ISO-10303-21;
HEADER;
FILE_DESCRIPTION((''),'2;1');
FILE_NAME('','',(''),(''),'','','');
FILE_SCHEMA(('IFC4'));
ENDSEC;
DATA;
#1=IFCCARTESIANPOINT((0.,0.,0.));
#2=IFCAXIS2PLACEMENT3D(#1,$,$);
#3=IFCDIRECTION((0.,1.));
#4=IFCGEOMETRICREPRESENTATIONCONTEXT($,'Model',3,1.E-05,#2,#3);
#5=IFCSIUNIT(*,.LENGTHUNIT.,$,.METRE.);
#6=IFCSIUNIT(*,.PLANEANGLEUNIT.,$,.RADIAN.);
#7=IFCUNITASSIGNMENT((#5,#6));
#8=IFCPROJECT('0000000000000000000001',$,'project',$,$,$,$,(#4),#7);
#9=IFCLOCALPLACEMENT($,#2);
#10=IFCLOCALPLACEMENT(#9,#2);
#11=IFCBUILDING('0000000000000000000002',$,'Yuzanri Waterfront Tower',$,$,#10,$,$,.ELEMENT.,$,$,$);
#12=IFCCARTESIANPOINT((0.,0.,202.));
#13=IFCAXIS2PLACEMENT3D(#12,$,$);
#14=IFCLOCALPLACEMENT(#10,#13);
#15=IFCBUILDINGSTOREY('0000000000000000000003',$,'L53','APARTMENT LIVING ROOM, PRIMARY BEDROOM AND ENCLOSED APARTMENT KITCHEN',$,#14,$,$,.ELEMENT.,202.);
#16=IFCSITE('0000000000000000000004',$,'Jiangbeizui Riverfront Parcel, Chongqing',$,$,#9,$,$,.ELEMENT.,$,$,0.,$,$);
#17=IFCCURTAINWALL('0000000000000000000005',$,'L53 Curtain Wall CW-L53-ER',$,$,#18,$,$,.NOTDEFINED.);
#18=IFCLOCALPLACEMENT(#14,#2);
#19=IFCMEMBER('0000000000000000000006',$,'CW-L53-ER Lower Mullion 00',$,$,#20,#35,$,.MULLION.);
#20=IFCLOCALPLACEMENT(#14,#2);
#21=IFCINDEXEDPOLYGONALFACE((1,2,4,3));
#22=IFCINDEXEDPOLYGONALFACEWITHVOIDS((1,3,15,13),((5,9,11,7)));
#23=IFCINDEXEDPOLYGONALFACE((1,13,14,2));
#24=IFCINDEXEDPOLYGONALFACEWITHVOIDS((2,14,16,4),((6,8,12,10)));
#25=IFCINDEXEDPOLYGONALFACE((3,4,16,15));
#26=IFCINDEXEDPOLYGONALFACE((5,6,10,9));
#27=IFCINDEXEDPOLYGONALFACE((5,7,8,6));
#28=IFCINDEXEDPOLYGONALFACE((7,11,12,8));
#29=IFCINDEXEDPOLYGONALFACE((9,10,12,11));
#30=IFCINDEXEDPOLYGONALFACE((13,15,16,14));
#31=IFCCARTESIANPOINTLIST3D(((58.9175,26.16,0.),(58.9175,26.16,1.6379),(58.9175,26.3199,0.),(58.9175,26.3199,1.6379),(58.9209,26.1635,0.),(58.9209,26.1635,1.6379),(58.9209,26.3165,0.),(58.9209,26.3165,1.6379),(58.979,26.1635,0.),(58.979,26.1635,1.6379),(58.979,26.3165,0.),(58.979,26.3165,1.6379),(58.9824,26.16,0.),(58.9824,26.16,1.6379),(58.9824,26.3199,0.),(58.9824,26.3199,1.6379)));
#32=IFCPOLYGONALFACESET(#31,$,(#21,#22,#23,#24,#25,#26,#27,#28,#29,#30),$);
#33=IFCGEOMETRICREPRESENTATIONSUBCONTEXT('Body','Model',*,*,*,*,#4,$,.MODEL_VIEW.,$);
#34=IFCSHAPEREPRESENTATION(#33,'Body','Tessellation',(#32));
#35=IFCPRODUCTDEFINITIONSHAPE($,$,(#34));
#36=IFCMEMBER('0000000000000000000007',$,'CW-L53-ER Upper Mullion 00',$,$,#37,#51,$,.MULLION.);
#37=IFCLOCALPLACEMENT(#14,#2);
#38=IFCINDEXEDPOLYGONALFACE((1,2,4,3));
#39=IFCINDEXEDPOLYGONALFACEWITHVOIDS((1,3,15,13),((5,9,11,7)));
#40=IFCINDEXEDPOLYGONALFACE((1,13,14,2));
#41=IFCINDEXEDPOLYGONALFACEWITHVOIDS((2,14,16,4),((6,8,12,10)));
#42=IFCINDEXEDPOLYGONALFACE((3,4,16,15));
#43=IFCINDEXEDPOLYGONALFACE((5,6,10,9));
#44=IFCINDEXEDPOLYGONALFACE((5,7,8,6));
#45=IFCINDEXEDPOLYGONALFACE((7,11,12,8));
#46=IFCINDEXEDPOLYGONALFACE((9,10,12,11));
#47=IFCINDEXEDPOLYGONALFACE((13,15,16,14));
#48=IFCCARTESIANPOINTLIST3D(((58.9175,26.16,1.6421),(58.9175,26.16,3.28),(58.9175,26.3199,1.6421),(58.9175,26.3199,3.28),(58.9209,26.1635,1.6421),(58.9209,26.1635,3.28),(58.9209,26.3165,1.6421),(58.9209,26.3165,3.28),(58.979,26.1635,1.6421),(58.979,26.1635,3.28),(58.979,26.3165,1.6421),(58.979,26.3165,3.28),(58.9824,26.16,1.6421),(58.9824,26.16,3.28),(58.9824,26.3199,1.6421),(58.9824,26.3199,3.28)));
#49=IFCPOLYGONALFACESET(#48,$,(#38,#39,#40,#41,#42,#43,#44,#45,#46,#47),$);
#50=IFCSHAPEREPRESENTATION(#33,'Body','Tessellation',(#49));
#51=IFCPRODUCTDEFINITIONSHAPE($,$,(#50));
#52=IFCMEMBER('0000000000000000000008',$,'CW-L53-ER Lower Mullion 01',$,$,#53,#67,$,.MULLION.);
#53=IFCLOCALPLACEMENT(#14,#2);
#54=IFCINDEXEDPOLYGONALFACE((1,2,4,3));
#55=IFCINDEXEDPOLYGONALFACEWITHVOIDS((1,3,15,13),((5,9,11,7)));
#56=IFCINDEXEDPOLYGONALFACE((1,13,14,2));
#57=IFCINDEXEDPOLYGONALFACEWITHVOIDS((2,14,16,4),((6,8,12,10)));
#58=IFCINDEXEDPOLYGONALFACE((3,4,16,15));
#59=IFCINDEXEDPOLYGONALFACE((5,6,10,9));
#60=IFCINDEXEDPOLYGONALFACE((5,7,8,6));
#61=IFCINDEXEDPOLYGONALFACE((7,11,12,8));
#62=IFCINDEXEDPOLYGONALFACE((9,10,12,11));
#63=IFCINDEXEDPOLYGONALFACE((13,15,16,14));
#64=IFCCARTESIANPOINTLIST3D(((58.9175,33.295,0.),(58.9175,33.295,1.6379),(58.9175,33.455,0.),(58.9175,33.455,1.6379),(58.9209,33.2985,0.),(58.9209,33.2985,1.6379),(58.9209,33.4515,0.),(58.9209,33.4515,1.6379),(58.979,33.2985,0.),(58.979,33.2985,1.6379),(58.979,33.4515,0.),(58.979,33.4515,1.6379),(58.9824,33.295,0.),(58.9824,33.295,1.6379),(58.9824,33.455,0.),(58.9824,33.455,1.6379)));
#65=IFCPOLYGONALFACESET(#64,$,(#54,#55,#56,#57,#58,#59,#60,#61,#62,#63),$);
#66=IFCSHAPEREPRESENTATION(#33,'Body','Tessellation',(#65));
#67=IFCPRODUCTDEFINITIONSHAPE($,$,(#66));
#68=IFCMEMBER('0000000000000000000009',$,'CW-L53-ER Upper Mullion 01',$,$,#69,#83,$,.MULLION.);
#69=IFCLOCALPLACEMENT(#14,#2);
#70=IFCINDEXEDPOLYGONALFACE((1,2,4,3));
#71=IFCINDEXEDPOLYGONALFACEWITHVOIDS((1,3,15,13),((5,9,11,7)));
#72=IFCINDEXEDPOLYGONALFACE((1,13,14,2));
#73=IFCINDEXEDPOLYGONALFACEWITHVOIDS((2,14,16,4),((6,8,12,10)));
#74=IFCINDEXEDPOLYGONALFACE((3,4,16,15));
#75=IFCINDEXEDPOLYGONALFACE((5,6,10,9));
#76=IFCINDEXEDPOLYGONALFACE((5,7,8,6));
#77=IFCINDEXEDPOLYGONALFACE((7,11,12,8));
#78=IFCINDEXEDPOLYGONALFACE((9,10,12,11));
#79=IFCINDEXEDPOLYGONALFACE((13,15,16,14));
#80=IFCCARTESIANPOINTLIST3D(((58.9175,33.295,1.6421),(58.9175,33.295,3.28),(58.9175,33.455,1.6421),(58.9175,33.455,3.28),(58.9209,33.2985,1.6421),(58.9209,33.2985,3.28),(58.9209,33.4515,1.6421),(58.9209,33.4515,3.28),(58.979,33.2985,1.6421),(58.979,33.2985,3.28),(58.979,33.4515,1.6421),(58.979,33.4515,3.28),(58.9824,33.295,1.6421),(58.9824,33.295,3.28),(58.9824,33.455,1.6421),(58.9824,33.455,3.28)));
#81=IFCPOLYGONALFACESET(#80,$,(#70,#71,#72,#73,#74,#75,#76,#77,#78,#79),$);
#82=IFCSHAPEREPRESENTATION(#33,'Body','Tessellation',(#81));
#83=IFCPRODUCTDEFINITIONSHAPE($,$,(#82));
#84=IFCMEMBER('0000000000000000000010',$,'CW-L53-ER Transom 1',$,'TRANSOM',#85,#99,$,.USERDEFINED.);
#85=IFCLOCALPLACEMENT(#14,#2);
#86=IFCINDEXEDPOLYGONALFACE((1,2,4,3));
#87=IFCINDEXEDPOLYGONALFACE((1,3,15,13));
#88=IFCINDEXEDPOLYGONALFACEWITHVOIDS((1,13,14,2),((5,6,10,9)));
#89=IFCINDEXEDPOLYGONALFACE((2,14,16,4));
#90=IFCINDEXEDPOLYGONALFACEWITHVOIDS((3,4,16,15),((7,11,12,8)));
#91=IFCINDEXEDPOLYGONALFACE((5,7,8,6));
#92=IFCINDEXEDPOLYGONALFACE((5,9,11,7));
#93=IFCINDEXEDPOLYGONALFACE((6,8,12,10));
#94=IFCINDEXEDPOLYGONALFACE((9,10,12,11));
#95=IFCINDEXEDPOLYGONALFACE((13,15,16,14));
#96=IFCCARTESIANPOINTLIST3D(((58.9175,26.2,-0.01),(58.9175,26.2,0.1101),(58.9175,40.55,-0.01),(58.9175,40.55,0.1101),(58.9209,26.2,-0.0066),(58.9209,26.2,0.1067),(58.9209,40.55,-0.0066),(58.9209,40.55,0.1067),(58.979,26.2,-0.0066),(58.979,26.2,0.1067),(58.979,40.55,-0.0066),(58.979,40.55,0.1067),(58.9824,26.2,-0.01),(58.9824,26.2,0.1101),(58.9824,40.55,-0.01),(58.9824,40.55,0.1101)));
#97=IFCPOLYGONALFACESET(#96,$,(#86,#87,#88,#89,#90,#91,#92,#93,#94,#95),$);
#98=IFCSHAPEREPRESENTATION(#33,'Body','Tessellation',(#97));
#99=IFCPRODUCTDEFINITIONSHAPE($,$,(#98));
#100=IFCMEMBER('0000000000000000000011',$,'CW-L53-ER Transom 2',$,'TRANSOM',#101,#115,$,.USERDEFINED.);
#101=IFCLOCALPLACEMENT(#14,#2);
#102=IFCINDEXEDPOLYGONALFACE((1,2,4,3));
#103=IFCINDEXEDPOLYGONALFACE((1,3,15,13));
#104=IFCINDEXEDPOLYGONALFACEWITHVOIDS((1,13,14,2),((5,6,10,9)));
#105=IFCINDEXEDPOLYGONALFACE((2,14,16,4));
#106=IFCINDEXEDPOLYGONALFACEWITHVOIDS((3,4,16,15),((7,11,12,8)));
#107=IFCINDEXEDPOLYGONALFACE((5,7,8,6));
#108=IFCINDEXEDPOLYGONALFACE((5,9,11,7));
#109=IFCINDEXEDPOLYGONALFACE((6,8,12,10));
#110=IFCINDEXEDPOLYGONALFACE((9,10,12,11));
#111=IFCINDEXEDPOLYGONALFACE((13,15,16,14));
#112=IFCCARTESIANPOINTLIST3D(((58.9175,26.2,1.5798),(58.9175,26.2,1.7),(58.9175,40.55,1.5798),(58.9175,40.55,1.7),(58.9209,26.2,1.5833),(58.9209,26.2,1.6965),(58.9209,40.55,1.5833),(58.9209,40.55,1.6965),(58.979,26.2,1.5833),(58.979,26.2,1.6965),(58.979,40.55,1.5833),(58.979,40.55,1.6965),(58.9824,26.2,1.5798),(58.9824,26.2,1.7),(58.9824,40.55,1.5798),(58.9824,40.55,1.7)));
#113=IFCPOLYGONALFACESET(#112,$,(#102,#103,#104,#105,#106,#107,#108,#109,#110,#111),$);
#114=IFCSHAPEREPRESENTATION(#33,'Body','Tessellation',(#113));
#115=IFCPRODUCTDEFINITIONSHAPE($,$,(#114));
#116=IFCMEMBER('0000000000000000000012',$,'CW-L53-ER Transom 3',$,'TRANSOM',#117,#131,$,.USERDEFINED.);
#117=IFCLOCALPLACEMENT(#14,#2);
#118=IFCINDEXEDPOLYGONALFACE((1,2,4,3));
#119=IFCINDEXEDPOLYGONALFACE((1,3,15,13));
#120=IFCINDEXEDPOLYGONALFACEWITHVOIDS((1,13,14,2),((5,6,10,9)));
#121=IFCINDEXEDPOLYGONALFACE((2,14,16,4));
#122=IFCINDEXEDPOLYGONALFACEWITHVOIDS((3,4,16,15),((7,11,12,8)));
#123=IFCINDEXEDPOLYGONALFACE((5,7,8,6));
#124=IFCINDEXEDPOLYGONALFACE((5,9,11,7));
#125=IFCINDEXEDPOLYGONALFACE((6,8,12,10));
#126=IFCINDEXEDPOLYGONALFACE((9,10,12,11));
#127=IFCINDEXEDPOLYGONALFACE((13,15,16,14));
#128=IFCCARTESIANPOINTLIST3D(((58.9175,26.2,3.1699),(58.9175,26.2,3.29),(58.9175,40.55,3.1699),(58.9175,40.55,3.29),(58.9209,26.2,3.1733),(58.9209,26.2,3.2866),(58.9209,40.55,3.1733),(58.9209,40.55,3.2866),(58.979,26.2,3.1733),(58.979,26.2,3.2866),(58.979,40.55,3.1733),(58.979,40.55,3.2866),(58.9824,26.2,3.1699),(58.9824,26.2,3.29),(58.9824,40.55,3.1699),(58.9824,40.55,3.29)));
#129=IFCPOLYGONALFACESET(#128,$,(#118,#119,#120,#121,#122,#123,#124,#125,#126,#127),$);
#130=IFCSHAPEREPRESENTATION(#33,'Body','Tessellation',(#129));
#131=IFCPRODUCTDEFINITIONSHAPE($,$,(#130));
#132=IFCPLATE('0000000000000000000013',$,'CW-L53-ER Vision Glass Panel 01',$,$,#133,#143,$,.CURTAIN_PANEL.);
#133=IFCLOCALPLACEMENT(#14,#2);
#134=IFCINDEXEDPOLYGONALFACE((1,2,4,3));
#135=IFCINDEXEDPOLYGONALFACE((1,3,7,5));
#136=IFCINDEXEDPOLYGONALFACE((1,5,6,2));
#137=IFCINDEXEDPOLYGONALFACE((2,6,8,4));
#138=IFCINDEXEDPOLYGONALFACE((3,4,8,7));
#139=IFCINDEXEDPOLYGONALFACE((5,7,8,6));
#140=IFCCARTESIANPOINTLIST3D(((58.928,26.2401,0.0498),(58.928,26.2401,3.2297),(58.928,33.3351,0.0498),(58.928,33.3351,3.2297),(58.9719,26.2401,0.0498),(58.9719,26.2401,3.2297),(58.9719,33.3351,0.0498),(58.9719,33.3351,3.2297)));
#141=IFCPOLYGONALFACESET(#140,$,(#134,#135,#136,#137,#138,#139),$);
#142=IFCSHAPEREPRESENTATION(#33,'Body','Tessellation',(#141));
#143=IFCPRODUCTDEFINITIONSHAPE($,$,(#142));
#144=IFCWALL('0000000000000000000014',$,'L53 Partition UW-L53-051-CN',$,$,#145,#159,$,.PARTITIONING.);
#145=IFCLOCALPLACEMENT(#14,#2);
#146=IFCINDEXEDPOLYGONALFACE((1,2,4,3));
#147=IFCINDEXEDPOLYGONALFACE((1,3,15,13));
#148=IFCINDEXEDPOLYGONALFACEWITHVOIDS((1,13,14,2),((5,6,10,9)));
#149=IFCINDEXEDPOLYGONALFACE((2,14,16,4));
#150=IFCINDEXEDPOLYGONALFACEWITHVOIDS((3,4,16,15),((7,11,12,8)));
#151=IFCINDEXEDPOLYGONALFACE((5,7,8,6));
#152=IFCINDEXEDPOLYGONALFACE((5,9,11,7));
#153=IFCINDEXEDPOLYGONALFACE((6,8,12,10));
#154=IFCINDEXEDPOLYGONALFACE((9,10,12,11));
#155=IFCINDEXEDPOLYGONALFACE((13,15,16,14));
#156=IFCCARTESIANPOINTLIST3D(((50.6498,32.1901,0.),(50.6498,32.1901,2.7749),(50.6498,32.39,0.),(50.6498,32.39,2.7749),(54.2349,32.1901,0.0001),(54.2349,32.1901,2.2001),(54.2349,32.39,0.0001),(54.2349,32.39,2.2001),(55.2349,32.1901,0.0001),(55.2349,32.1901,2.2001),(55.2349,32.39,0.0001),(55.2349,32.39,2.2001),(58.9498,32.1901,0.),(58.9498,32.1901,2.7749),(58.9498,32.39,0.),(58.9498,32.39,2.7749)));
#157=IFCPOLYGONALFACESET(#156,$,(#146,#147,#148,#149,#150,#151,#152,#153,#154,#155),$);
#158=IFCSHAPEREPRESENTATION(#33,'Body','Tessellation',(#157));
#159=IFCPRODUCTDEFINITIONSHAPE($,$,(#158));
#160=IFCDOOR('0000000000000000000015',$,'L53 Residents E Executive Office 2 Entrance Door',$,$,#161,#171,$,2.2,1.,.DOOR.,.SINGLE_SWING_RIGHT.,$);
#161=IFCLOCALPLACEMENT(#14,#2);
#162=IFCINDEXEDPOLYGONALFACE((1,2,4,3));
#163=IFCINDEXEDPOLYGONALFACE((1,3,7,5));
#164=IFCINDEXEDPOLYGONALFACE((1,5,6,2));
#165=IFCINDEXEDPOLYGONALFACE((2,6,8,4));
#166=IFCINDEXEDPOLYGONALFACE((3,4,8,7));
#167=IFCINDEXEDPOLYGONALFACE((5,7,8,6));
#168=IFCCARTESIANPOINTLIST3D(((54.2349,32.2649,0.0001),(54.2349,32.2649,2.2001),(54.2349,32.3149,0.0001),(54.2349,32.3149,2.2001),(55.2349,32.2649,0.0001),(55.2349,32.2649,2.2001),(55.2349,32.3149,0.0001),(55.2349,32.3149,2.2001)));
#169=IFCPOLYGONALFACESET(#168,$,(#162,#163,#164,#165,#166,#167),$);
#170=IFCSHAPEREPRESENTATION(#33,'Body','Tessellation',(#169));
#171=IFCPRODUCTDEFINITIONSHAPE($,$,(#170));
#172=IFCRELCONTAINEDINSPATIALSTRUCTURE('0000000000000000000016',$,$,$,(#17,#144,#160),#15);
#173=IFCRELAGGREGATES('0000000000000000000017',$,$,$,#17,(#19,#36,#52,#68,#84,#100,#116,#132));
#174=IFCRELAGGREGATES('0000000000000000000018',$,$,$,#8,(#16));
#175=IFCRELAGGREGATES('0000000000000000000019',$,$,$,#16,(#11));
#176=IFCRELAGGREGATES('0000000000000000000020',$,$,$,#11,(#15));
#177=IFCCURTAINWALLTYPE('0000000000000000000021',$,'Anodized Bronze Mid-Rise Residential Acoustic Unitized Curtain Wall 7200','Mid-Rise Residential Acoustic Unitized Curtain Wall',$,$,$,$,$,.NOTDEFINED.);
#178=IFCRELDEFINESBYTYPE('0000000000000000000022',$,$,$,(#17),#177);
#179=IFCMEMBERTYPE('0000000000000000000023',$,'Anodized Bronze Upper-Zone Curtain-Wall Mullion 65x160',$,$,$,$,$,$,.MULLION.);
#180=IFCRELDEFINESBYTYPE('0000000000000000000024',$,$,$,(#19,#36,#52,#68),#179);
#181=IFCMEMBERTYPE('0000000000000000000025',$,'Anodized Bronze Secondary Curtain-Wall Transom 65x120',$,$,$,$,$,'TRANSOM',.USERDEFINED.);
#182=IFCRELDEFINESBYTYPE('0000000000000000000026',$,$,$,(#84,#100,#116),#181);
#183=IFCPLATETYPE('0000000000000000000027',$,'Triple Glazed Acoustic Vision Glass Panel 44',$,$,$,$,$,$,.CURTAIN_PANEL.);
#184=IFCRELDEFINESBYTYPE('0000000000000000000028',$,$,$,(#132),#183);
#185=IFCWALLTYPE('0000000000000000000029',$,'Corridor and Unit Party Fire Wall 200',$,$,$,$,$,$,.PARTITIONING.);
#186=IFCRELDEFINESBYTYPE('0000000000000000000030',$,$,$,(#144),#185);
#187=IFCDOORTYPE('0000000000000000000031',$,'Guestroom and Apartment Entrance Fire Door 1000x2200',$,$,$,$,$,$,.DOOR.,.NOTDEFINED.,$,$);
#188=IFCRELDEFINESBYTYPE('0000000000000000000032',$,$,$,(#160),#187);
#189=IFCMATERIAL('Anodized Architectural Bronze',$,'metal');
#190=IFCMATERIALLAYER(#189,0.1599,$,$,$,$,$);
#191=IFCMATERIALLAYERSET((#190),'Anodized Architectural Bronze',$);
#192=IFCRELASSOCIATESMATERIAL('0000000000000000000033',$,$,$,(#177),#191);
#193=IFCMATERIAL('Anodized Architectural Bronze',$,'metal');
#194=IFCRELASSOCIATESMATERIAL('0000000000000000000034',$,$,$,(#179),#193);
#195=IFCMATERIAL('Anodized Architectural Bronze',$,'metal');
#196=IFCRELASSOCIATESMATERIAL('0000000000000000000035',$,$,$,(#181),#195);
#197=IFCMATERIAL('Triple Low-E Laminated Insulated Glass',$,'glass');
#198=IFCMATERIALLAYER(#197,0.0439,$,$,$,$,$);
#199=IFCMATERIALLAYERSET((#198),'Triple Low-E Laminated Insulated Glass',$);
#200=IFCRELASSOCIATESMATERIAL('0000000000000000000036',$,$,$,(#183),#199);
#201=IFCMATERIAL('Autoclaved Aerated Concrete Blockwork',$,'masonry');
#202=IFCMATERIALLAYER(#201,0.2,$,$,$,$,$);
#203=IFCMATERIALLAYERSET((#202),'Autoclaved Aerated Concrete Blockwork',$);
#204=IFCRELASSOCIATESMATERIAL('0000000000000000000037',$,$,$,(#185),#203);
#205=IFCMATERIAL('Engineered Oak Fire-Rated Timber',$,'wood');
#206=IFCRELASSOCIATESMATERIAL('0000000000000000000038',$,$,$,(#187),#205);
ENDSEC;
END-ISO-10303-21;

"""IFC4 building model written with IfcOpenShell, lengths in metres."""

from ifc_helpers import new_model, si_unit, direction, frame, frame_2d, origin, origin_2d, place, context, subcontext, project, spatial, rectangle, hollow_rectangle, extrude, source, transform, mapped, material, layer, layer_set, material_profile, profile_set, type_object, element, fill, aggregate, save


model = new_model("IFC4")

# Units and contexts
model_context = context("Model", 3, precision=1e-05, world=origin(), true_north=direction((0.0, 1.0)))
body_context = subcontext(model_context, "Body", "Model", "MODEL_VIEW")
ifc_project = project(units=[si_unit("LENGTHUNIT", "METRE"), si_unit("PLANEANGLEUNIT", "RADIAN")], contexts=[model_context])

# Site, building, storey
site_placement = place(None, origin())
site = spatial("IfcSite", under=ifc_project, at=site_placement, Name="Jiangbeizui Riverfront Parcel, Chongqing", CompositionType="ELEMENT", RefElevation=0.0)
building_placement = place(site_placement, origin())
building = spatial("IfcBuilding", under=site, at=building_placement, Name="Yuzanri Waterfront Tower", CompositionType="ELEMENT")
storey_placement = place(building_placement, frame((0.0, 0.0, 202.0)))
storey = spatial("IfcBuildingStorey", under=building, at=storey_placement, Name="L53", Description="APARTMENT LIVING ROOM, PRIMARY BEDROOM AND ENCLOSED APARTMENT KITCHEN", CompositionType="ELEMENT", Elevation=202.0)

# Shared definitions
ifc_material_1 = material(Name="Anodized Architectural Bronze", Category="metal")
ifc_layer_1 = layer(ifc_material_1, 0.1599)
ifc_layer_set_1 = layer_set([ifc_layer_1], Name="Anodized Architectural Bronze")
curtain_wall_type = type_object("IfcCurtainWallType", Name="Anodized Bronze Mid-Rise Residential Acoustic Unitized Curtain Wall 7200", Description="Mid-Rise Residential Acoustic Unitized Curtain Wall", PredefinedType="NOTDEFINED", material=ifc_layer_set_1)
ifc_material_2 = material(Name="Anodized Architectural Bronze", Category="metal")
ifc_material_profile_1 = material_profile(ifc_material_2, hollow_rectangle(XDim=0.0649, YDim=0.1599, WallThickness=0.0034, at=origin_2d()), Name="CWM 65x160")
ifc_profile_set_1 = profile_set([ifc_material_profile_1], Name="Anodized Architectural Bronze")
member_type_1 = type_object("IfcMemberType", Name="Anodized Bronze Upper-Zone Curtain-Wall Mullion 65x160", PredefinedType="MULLION", material=ifc_profile_set_1)
shared_shape_1 = source(origin(), body_context, "Body", "SweptSolid", [
    extrude(hollow_rectangle(XDim=0.0649, YDim=0.1599, WallThickness=0.0034, at=origin_2d()), origin(), (0.0, 0.0, 1.0), 1.6379),
])

# Curtain wall, members, plate
curtain_wall_1_placement = place(storey_placement, origin())
curtain_wall_1 = element("IfcCurtainWall", 1, at=curtain_wall_1_placement, inside=storey, type_object=curtain_wall_type, Name="L53 Curtain Wall CW-L53-ER", PredefinedType="NOTDEFINED")
member_1_placement = place(storey_placement, frame((58.95, 26.24, 0.0), z_axis=(0.0, 0.0, 1.0), x_axis=(1.0, 0.0, 0.0)))
member_1 = element("IfcMember", 2, at=member_1_placement, type_object=member_type_1, Name="CW-L53-ER Lower Mullion 00", PredefinedType="MULLION", context=body_context, shape_type="MappedRepresentation", body=[
    mapped(shared_shape_1, transform((0.0, 0.0, 0.0), scale=1.0)),
])
member_2_placement = place(storey_placement, frame((58.95, 26.24, 1.6421), z_axis=(0.0, 0.0, 1.0), x_axis=(1.0, 0.0, 0.0)))
member_2 = element("IfcMember", 3, at=member_2_placement, type_object=member_type_1, Name="CW-L53-ER Upper Mullion 00", PredefinedType="MULLION", context=body_context, shape_type="MappedRepresentation", body=[
    mapped(shared_shape_1, transform((0.0, 0.0, 0.0), scale=1.0)),
])
member_3_placement = place(storey_placement, frame((58.95, 33.375, 0.0), z_axis=(0.0, 0.0, 1.0), x_axis=(1.0, 0.0, 0.0)))
member_3 = element("IfcMember", 4, at=member_3_placement, type_object=member_type_1, Name="CW-L53-ER Lower Mullion 01", PredefinedType="MULLION", context=body_context, shape_type="MappedRepresentation", body=[
    mapped(shared_shape_1, transform((0.0, 0.0, 0.0), scale=1.0)),
])
member_4_placement = place(storey_placement, frame((58.95, 33.375, 1.6421), z_axis=(0.0, 0.0, 1.0), x_axis=(1.0, 0.0, 0.0)))
member_4 = element("IfcMember", 5, at=member_4_placement, type_object=member_type_1, Name="CW-L53-ER Upper Mullion 01", PredefinedType="MULLION", context=body_context, shape_type="MappedRepresentation", body=[
    mapped(shared_shape_1, transform((0.0, 0.0, 0.0), scale=1.0)),
])
ifc_material_3 = material(Name="Anodized Architectural Bronze", Category="metal")
ifc_material_profile_2 = material_profile(ifc_material_3, hollow_rectangle(XDim=0.0649, YDim=0.1201, WallThickness=0.0034, at=origin_2d()), Name="CWT 65x120")
ifc_profile_set_2 = profile_set([ifc_material_profile_2], Name="Anodized Architectural Bronze")
member_type_2 = type_object("IfcMemberType", Name="Anodized Bronze Secondary Curtain-Wall Transom 65x120", ElementType="TRANSOM", PredefinedType="USERDEFINED", material=ifc_profile_set_2)
shared_shape_2 = source(origin(), body_context, "Body", "SweptSolid", [
    extrude(hollow_rectangle(XDim=0.0649, YDim=0.1201, WallThickness=0.0034, at=origin_2d()), origin(), (0.0, 0.0, 1.0), 14.3501),
])
member_5_placement = place(storey_placement, frame((58.95, 26.2, 0.05), z_axis=(0.0, 1.0, 0.0), x_axis=(-1.0, 0.0, 0.0)))
member_5 = element("IfcMember", 6, at=member_5_placement, type_object=member_type_2, Name="CW-L53-ER Transom 1", ObjectType="TRANSOM", PredefinedType="USERDEFINED", context=body_context, shape_type="MappedRepresentation", body=[
    mapped(shared_shape_2, transform((0.0, 0.0, 0.0), scale=1.0)),
])
member_6_placement = place(storey_placement, frame((58.95, 26.2, 1.6399), z_axis=(0.0, 1.0, 0.0), x_axis=(-1.0, 0.0, 0.0)))
member_6 = element("IfcMember", 7, at=member_6_placement, type_object=member_type_2, Name="CW-L53-ER Transom 2", ObjectType="TRANSOM", PredefinedType="USERDEFINED", context=body_context, shape_type="MappedRepresentation", body=[
    mapped(shared_shape_2, transform((0.0, 0.0, 0.0), scale=1.0)),
])
member_7_placement = place(storey_placement, frame((58.95, 26.2, 3.23), z_axis=(0.0, 1.0, 0.0), x_axis=(-1.0, 0.0, 0.0)))
member_7 = element("IfcMember", 8, at=member_7_placement, type_object=member_type_2, Name="CW-L53-ER Transom 3", ObjectType="TRANSOM", PredefinedType="USERDEFINED", context=body_context, shape_type="MappedRepresentation", body=[
    mapped(shared_shape_2, transform((0.0, 0.0, 0.0), scale=1.0)),
])
ifc_material_4 = material(Name="Triple Low-E Laminated Insulated Glass", Category="glass")
ifc_layer_2 = layer(ifc_material_4, 0.0439)
ifc_layer_set_2 = layer_set([ifc_layer_2], Name="Triple Low-E Laminated Insulated Glass")
plate_type = type_object("IfcPlateType", Name="Triple Glazed Acoustic Vision Glass Panel 44", PredefinedType="CURTAIN_PANEL", material=ifc_layer_set_2)
shared_shape_3 = source(origin(), body_context, "Body", "SweptSolid", [
    extrude(rectangle(XDim=7.095, YDim=0.0439, at=origin_2d()), origin(), (0.0, 0.0, 1.0), 3.1799),
])
plate_placement = place(storey_placement, frame((58.95, 29.7876, 0.0498), z_axis=(0.0, 0.0, 1.0), x_axis=(0.0, 1.0, 0.0)))
plate = element("IfcPlate", 9, at=plate_placement, type_object=plate_type, Name="CW-L53-ER Vision Glass Panel 01", PredefinedType="CURTAIN_PANEL", context=body_context, shape_type="MappedRepresentation", body=[
    mapped(shared_shape_3, transform((0.0, 0.0, 0.0), scale=1.0)),
])
aggregate(curtain_wall_1, [member_1, member_2, member_3, member_4, member_5, member_6, member_7, plate])

# Wall, opening, door
ifc_material_5 = material(Name="Autoclaved Aerated Concrete Blockwork", Category="masonry")
ifc_layer_3 = layer(ifc_material_5, 0.2)
ifc_layer_set_3 = layer_set([ifc_layer_3], Name="Autoclaved Aerated Concrete Blockwork")
wall_type = type_object("IfcWallType", Name="Corridor and Unit Party Fire Wall 200", PredefinedType="PARTITIONING", material=ifc_layer_set_3)
wall_1_placement = place(storey_placement, frame((50.6499, 32.29, 0.0), z_axis=(0.0, 0.0, 1.0), x_axis=(1.0, 0.0, 0.0)))
wall_1 = element("IfcWall", 10, at=wall_1_placement, inside=storey, type_object=wall_type, Name="L53 Partition UW-L53-051-CN", PredefinedType="PARTITIONING", context=body_context, shape_type="SweptSolid", body=[
    extrude(rectangle(XDim=8.3, YDim=0.2, at=frame_2d((4.1499, 0.0))), origin(), (0.0, 0.0, 1.0), 2.7749),
])
opening_placement = place(wall_1_placement, frame((3.585, 0.0, 0.0)))
opening = element("IfcOpeningElement", 11, at=opening_placement, cuts=wall_1, PredefinedType="OPENING", context=body_context, shape_type="SweptSolid", body=[
    extrude(rectangle(XDim=1.0, YDim=2.2, at=frame_2d((0.5, 1.1001))), frame((0.0, 0.1147, 0.0), z_axis=(0.0, -1.0, 0.0), x_axis=(1.0, 0.0, 0.0)), (0.0, 0.0, 1.0), 0.2297),
])
ifc_material_6 = material(Name="Engineered Oak Fire-Rated Timber", Category="wood")
door_type = type_object("IfcDoorType", Name="Guestroom and Apartment Entrance Fire Door 1000x2200", OperationType="NOTDEFINED", PredefinedType="DOOR", material=ifc_material_6)
shared_shape_4 = source(origin(), body_context, "Body", "SweptSolid", [
    extrude(rectangle(XDim=1.0, YDim=2.2, at=frame_2d((0.5, 1.1001))), frame((0.0, 0.0249, 0.0), z_axis=(0.0, -1.0, 0.0), x_axis=(1.0, 0.0, 0.0)), (0.0, 0.0, 1.0), 0.05),
])
door_placement = place(opening_placement, origin())
door = element("IfcDoor", 12, at=door_placement, inside=storey, type_object=door_type, Name="L53 Residents E Executive Office 2 Entrance Door", OperationType="SINGLE_SWING_RIGHT", OverallHeight=2.2, OverallWidth=1.0, PredefinedType="DOOR", context=body_context, shape_type="MappedRepresentation", body=[
    mapped(shared_shape_4, transform((0.0, 0.0, 0.0), scale=1.0)),
])
fill(opening, door)

save(model, "model.ifc")
